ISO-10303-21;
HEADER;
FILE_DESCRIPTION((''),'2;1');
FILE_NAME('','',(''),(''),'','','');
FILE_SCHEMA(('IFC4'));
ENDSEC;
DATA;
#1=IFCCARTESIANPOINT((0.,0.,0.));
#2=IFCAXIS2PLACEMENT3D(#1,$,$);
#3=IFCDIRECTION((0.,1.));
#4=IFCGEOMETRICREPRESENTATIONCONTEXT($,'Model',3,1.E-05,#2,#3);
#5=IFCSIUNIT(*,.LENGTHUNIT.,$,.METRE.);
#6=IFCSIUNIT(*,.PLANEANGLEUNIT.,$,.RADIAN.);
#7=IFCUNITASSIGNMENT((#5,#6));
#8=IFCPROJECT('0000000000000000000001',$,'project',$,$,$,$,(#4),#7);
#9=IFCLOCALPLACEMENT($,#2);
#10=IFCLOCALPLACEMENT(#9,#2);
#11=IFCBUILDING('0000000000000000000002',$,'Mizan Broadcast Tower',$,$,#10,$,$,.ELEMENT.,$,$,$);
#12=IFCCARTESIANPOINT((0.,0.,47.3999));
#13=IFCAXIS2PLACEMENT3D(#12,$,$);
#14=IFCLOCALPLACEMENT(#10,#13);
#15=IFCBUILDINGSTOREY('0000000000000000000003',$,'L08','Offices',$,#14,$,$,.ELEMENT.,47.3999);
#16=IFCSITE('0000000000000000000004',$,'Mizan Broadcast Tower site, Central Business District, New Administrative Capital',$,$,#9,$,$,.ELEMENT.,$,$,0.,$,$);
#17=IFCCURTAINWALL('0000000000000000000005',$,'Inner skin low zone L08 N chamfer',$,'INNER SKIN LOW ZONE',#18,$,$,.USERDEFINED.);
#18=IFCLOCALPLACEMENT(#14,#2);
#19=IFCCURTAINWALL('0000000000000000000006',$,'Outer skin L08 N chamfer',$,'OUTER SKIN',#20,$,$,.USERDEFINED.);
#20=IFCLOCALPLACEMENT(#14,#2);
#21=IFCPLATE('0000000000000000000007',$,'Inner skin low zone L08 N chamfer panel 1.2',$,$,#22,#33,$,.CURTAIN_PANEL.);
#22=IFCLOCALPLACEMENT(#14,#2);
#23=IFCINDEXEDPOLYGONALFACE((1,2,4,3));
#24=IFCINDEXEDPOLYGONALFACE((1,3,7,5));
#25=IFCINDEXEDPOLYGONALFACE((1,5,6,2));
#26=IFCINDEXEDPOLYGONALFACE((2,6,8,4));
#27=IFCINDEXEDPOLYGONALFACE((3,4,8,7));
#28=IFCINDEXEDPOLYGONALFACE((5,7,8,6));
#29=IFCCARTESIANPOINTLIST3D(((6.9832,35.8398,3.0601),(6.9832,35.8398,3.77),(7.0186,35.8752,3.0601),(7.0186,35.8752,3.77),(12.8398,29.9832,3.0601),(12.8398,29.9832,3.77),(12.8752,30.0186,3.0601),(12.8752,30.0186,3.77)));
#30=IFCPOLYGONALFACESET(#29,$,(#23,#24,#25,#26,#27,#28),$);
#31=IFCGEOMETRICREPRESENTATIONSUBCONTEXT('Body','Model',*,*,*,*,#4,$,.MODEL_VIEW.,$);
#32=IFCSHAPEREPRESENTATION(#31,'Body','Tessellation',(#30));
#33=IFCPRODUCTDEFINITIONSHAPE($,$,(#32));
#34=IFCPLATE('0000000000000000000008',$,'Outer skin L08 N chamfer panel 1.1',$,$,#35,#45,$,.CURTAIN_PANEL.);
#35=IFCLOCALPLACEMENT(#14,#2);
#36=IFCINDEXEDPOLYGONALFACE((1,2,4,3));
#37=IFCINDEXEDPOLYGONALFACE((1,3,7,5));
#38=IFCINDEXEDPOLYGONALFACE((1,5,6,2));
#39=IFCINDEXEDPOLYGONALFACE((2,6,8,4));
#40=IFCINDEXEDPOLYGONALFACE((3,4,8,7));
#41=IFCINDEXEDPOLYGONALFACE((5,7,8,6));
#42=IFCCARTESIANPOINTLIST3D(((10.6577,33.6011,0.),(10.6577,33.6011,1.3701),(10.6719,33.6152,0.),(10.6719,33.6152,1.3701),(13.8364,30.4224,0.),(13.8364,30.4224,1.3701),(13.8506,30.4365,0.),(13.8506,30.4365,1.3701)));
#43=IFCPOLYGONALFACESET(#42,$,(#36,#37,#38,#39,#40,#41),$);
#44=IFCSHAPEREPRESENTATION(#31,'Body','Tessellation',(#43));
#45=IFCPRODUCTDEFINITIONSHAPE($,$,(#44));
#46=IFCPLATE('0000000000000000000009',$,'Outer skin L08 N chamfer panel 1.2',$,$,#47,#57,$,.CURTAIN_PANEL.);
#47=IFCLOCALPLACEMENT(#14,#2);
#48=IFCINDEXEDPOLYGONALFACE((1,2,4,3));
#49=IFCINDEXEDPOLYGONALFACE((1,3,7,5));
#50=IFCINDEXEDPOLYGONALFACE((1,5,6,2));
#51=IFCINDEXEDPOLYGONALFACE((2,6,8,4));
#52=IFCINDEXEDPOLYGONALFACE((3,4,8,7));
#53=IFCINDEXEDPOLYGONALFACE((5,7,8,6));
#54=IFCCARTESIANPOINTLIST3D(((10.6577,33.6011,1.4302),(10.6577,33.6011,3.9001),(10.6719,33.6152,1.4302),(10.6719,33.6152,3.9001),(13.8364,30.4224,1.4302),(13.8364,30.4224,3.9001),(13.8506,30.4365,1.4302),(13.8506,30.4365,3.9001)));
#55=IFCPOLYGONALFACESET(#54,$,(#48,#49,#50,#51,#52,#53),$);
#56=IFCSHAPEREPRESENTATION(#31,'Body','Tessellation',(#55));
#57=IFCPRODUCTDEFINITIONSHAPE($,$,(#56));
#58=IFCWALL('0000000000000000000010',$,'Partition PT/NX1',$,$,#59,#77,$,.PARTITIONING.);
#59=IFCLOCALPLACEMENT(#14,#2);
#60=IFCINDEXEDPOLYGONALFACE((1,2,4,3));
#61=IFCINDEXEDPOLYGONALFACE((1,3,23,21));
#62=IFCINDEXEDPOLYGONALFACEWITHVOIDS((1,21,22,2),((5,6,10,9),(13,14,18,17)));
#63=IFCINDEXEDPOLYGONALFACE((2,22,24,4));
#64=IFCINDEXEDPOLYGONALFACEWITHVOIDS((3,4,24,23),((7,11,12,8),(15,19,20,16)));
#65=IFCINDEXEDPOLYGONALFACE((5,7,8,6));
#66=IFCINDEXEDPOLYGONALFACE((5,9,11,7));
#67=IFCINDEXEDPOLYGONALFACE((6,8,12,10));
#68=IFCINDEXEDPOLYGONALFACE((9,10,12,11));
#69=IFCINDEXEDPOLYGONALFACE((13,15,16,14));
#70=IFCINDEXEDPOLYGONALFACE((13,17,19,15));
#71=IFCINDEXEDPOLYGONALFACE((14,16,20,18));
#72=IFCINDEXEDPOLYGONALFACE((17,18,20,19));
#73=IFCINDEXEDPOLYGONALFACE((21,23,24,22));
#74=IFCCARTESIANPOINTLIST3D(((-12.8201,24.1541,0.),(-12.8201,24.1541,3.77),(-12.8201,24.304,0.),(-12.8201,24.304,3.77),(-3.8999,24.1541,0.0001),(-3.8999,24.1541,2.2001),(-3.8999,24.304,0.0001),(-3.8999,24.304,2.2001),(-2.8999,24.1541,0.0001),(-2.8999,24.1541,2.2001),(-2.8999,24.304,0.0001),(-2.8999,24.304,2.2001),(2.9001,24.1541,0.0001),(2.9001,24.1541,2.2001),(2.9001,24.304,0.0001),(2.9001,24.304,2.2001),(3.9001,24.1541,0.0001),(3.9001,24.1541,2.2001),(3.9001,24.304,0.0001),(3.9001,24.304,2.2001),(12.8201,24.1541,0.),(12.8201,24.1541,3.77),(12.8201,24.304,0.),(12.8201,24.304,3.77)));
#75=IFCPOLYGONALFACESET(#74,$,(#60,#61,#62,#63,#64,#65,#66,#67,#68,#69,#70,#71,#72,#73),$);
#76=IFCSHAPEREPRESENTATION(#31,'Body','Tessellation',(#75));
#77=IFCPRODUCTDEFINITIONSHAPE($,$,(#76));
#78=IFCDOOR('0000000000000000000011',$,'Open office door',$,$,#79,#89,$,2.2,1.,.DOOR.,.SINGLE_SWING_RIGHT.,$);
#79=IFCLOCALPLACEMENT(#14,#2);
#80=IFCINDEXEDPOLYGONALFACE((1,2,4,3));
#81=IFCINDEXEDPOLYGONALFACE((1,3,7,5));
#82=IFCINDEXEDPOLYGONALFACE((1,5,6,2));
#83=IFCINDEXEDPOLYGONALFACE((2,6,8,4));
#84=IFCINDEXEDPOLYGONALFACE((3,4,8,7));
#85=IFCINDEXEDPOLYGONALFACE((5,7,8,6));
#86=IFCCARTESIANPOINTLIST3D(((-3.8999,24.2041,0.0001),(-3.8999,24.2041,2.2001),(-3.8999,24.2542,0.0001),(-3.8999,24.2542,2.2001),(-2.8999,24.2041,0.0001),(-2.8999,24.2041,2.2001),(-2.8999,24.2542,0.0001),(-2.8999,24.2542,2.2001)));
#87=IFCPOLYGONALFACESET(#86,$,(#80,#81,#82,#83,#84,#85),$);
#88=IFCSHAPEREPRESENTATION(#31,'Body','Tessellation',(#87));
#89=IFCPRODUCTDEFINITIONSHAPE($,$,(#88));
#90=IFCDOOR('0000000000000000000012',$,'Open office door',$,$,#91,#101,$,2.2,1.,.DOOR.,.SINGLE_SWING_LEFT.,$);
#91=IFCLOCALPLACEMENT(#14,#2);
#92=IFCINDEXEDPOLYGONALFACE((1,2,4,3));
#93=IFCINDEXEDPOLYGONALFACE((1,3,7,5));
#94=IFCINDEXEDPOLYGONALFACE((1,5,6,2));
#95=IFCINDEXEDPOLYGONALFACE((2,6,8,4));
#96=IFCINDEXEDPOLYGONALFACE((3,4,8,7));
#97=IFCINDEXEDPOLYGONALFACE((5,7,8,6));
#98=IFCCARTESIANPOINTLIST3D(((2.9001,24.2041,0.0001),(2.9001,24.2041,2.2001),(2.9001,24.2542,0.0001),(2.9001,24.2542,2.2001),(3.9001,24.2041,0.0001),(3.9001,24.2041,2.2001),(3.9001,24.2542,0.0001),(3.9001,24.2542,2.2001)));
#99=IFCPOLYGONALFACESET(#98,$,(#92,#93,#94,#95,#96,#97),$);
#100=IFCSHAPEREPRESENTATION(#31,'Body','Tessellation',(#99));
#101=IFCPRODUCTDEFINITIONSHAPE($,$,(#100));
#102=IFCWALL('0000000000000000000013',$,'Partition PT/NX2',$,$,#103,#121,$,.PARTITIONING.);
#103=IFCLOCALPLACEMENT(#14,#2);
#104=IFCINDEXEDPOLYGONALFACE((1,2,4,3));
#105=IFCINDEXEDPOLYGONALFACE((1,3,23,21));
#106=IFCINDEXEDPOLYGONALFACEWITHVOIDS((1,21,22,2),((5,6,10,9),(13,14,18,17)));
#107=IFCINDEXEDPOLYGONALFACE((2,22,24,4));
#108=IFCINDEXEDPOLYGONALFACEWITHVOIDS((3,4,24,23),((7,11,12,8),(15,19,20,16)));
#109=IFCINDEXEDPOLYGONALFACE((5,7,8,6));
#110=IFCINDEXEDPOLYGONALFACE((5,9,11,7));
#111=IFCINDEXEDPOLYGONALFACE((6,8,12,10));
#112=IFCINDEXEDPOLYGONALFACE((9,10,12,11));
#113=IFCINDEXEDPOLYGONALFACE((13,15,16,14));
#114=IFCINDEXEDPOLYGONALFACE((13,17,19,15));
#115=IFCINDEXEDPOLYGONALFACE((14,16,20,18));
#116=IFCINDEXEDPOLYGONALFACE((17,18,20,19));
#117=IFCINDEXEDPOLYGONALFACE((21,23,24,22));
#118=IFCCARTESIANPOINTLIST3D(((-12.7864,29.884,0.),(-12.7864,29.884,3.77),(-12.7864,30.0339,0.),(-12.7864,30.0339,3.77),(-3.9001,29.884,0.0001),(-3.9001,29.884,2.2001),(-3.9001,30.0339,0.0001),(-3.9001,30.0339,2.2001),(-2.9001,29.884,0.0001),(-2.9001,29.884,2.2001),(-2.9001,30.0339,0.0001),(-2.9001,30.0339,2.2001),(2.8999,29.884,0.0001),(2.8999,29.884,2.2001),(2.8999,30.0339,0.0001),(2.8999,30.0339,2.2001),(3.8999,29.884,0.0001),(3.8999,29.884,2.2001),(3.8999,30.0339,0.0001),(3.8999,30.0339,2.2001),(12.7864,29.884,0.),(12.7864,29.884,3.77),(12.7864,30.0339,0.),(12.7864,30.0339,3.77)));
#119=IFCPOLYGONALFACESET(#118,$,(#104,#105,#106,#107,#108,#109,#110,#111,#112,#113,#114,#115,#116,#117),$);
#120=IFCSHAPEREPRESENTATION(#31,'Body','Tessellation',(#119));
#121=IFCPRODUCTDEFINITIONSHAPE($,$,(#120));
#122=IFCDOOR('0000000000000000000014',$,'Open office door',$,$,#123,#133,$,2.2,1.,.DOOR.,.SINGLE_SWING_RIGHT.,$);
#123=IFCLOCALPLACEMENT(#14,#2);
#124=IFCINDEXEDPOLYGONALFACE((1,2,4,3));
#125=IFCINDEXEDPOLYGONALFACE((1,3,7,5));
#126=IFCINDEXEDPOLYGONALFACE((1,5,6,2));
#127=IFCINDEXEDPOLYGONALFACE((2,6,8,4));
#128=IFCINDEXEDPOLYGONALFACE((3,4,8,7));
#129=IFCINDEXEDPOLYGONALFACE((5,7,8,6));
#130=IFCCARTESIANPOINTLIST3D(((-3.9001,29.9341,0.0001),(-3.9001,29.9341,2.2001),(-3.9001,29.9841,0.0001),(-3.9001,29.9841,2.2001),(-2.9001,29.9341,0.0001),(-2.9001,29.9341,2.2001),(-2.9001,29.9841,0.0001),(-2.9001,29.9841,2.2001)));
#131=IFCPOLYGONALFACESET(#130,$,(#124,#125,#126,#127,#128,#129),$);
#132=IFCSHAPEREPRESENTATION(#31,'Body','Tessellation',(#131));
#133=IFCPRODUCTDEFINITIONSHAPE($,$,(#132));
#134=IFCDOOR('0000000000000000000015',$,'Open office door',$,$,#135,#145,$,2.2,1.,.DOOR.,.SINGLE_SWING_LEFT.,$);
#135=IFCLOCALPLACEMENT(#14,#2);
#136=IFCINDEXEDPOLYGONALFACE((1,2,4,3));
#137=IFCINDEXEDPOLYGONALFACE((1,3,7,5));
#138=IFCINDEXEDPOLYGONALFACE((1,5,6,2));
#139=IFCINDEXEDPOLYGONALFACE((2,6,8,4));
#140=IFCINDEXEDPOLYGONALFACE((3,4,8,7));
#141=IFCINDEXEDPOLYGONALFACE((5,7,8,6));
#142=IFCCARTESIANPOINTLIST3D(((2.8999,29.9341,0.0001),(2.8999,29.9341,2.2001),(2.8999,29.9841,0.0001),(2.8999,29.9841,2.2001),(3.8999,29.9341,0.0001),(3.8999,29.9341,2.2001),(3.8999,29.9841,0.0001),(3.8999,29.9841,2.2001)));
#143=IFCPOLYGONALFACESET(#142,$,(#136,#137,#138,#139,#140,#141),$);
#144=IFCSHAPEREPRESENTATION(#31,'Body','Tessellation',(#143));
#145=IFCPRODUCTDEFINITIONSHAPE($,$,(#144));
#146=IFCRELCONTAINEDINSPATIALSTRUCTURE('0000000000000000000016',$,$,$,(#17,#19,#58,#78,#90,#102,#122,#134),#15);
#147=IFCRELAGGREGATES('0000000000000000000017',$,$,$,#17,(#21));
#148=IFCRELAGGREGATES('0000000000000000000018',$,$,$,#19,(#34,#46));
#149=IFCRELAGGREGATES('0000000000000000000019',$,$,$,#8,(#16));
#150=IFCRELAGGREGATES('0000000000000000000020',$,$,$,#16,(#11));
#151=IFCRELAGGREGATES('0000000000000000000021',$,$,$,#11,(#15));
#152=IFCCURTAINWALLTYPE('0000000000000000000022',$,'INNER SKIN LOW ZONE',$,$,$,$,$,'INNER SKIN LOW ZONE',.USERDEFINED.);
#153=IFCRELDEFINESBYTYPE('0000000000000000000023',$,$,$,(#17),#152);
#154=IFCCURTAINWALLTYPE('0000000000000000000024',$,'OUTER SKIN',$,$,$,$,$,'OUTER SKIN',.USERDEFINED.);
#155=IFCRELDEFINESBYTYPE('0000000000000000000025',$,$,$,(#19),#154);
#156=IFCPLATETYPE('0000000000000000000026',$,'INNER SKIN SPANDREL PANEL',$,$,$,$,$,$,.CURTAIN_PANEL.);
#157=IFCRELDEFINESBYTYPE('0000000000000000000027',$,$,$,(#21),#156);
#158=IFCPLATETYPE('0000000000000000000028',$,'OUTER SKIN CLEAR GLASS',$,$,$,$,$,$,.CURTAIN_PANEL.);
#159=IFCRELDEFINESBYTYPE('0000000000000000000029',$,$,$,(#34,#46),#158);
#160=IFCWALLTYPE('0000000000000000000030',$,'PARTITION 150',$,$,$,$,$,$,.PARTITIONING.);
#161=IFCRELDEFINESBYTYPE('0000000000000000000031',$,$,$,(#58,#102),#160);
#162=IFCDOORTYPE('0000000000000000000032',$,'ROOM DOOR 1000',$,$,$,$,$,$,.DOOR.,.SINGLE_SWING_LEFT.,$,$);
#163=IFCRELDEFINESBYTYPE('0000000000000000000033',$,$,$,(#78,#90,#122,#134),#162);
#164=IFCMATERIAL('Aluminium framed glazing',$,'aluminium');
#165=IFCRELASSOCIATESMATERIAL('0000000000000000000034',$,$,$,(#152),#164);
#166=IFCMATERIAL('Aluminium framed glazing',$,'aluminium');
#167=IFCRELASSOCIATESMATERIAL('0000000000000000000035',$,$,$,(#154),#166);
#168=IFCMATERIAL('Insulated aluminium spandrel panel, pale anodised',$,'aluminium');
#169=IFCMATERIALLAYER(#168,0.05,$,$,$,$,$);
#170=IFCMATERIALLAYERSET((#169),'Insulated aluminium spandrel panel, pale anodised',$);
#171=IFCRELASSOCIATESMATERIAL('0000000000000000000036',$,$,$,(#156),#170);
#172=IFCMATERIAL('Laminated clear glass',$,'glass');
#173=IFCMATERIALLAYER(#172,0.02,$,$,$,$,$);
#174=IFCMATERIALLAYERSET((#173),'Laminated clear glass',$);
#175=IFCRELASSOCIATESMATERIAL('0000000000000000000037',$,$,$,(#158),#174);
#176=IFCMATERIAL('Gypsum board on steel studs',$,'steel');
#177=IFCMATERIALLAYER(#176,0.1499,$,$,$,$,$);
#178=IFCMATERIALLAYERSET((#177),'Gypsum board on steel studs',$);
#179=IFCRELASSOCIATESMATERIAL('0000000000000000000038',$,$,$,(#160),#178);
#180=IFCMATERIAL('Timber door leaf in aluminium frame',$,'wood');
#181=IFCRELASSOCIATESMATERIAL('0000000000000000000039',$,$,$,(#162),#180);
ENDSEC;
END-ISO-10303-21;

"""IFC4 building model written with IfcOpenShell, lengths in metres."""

from ifc_helpers import new_model, si_unit, direction, frame, frame_2d, origin, origin_2d, place, context, subcontext, project, spatial, rectangle, extrude, material, layer, layer_set, type_object, element, fill, aggregate, save


model = new_model("IFC4")

# Units and contexts
model_context = context("Model", 3, precision=1e-05, world=origin(), true_north=direction((0.0, 1.0)))
body_context = subcontext(model_context, "Body", "Model", "MODEL_VIEW")
ifc_project = project(units=[si_unit("LENGTHUNIT", "METRE"), si_unit("PLANEANGLEUNIT", "RADIAN")], contexts=[model_context])

# Site, building, storey
site_placement = place(None, origin())
site = spatial("IfcSite", under=ifc_project, at=site_placement, Name="Mizan Broadcast Tower site, Central Business District, New Administrative Capital", CompositionType="ELEMENT", RefElevation=0.0)
building_placement = place(site_placement, origin())
building = spatial("IfcBuilding", under=site, at=building_placement, Name="Mizan Broadcast Tower", CompositionType="ELEMENT")
storey_placement = place(building_placement, frame((0.0, 0.0, 47.3999)))
storey = spatial("IfcBuildingStorey", under=building, at=storey_placement, Name="L08", Description="Offices", CompositionType="ELEMENT", Elevation=47.3999)

# Shared definitions
ifc_material_1 = material(Name="Aluminium framed glazing", Category="aluminium")
curtain_wall_type_1 = type_object("IfcCurtainWallType", Name="INNER SKIN LOW ZONE", ElementType="INNER SKIN LOW ZONE", PredefinedType="USERDEFINED", material=ifc_material_1)

# Curtain wall
curtain_wall_1_placement = place(storey_placement, origin())
curtain_wall_1 = element("IfcCurtainWall", 1, at=curtain_wall_1_placement, inside=storey, type_object=curtain_wall_type_1, Name="Inner skin low zone L08 N chamfer", ObjectType="INNER SKIN LOW ZONE", PredefinedType="USERDEFINED")

# Curtain wall
ifc_material_2 = material(Name="Aluminium framed glazing", Category="aluminium")
curtain_wall_type_2 = type_object("IfcCurtainWallType", Name="OUTER SKIN", ElementType="OUTER SKIN", PredefinedType="USERDEFINED", material=ifc_material_2)
curtain_wall_2_placement = place(storey_placement, origin())
curtain_wall_2 = element("IfcCurtainWall", 2, at=curtain_wall_2_placement, inside=storey, type_object=curtain_wall_type_2, Name="Outer skin L08 N chamfer", ObjectType="OUTER SKIN", PredefinedType="USERDEFINED")

# Plates
ifc_material_3 = material(Name="Insulated aluminium spandrel panel, pale anodised", Category="aluminium")
ifc_layer_1 = layer(ifc_material_3, 0.05)
ifc_layer_set_1 = layer_set([ifc_layer_1], Name="Insulated aluminium spandrel panel, pale anodised")
plate_type_1 = type_object("IfcPlateType", Name="INNER SKIN SPANDREL PANEL", PredefinedType="CURTAIN_PANEL", material=ifc_layer_set_1)
plate_1_placement = place(storey_placement, frame((9.9292, 32.9292, 3.0601), z_axis=(0.0, 0.0, 1.0), x_axis=(-0.707107, 0.707107, 0.0)))
plate_1 = element("IfcPlate", 3, at=plate_1_placement, type_object=plate_type_1, Name="Inner skin low zone L08 N chamfer panel 1.2", PredefinedType="CURTAIN_PANEL", context=body_context, shape_type="SweptSolid", body=[
    extrude(rectangle(XDim=8.2825, YDim=0.05, at=origin_2d()), origin(), (0.0, 0.0, 1.0), 0.71),
])
aggregate(curtain_wall_1, [plate_1])
ifc_material_4 = material(Name="Laminated clear glass", Category="glass")
ifc_layer_2 = layer(ifc_material_4, 0.02)
ifc_layer_set_2 = layer_set([ifc_layer_2], Name="Laminated clear glass")
plate_type_2 = type_object("IfcPlateType", Name="OUTER SKIN CLEAR GLASS", PredefinedType="CURTAIN_PANEL", material=ifc_layer_set_2)
plate_2_placement = place(storey_placement, frame((12.2542, 32.0188, 0.0), z_axis=(0.0, 0.0, 1.0), x_axis=(-0.707107, 0.707107, 0.0)))
plate_2 = element("IfcPlate", 4, at=plate_2_placement, type_object=plate_type_2, Name="Outer skin L08 N chamfer panel 1.1", PredefinedType="CURTAIN_PANEL", context=body_context, shape_type="SweptSolid", body=[
    extrude(rectangle(XDim=4.4954, YDim=0.02, at=origin_2d()), origin(), (0.0, 0.0, 1.0), 1.3701),
])
plate_3_placement = place(storey_placement, frame((12.2542, 32.0188, 1.4302), z_axis=(0.0, 0.0, 1.0), x_axis=(-0.707107, 0.707107, 0.0)))
plate_3 = element("IfcPlate", 5, at=plate_3_placement, type_object=plate_type_2, Name="Outer skin L08 N chamfer panel 1.2", PredefinedType="CURTAIN_PANEL", context=body_context, shape_type="SweptSolid", body=[
    extrude(rectangle(XDim=4.4954, YDim=0.02, at=origin_2d()), origin(), (0.0, 0.0, 1.0), 2.47),
])
aggregate(curtain_wall_2, [plate_2, plate_3])

# Walls, openings, doors
ifc_material_5 = material(Name="Gypsum board on steel studs", Category="steel")
ifc_layer_3 = layer(ifc_material_5, 0.1499)
ifc_layer_set_3 = layer_set([ifc_layer_3], Name="Gypsum board on steel studs")
wall_type = type_object("IfcWallType", Name="PARTITION 150", PredefinedType="PARTITIONING", material=ifc_layer_set_3)
wall_1_placement = place(storey_placement, frame((12.8201, 24.229, 0.0), z_axis=(0.0, 0.0, 1.0), x_axis=(-1.0, 0.0, 0.0)))
wall_1 = element("IfcWall", 6, at=wall_1_placement, inside=storey, type_object=wall_type, Name="Partition PT/NX1", PredefinedType="PARTITIONING", context=body_context, shape_type="SweptSolid", body=[
    extrude(rectangle(XDim=25.6401, YDim=0.1499, at=frame_2d((12.8201, 0.0))), origin(), (0.0, 0.0, 1.0), 3.77),
])
opening_1_placement = place(wall_1_placement, frame((15.72, 0.0, 0.0)))
opening_1 = element("IfcOpeningElement", 7, at=opening_1_placement, cuts=wall_1, PredefinedType="OPENING", context=body_context, shape_type="SweptSolid", body=[
    extrude(rectangle(XDim=1.0, YDim=2.2, at=frame_2d((0.5, 1.1001))), frame((0.0, 0.085, 0.0), z_axis=(0.0, -1.0, 0.0), x_axis=(1.0, 0.0, 0.0)), (0.0, 0.0, 1.0), 0.1699),
])
opening_2_placement = place(wall_1_placement, frame((8.9199, 0.0, 0.0)))
opening_2 = element("IfcOpeningElement", 8, at=opening_2_placement, cuts=wall_1, PredefinedType="OPENING", context=body_context, shape_type="SweptSolid", body=[
    extrude(rectangle(XDim=1.0, YDim=2.2, at=frame_2d((0.5, 1.1001))), frame((0.0, 0.085, 0.0), z_axis=(0.0, -1.0, 0.0), x_axis=(1.0, 0.0, 0.0)), (0.0, 0.0, 1.0), 0.1699),
])
ifc_material_6 = material(Name="Timber door leaf in aluminium frame", Category="wood")
door_type = type_object("IfcDoorType", Name="ROOM DOOR 1000", OperationType="SINGLE_SWING_LEFT", PredefinedType="DOOR", material=ifc_material_6)
door_1_placement = place(opening_1_placement, origin())
door_1 = element("IfcDoor", 9, at=door_1_placement, inside=storey, type_object=door_type, Name="Open office door", OperationType="SINGLE_SWING_RIGHT", OverallHeight=2.2, OverallWidth=1.0, PredefinedType="DOOR", context=body_context, shape_type="SweptSolid", body=[
    extrude(rectangle(XDim=1.0, YDim=2.2, at=frame_2d((0.5, 1.1001))), frame((0.0, 0.0249, 0.0), z_axis=(0.0, -1.0, 0.0), x_axis=(1.0, 0.0, 0.0)), (0.0, 0.0, 1.0), 0.05),
])
fill(opening_1, door_1)
door_2_placement = place(opening_2_placement, origin())
door_2 = element("IfcDoor", 10, at=door_2_placement, inside=storey, type_object=door_type, Name="Open office door", OperationType="SINGLE_SWING_LEFT", OverallHeight=2.2, OverallWidth=1.0, PredefinedType="DOOR", context=body_context, shape_type="SweptSolid", body=[
    extrude(rectangle(XDim=1.0, YDim=2.2, at=frame_2d((0.5, 1.1001))), frame((0.0, 0.0249, 0.0), z_axis=(0.0, -1.0, 0.0), x_axis=(1.0, 0.0, 0.0)), (0.0, 0.0, 1.0), 0.05),
])
fill(opening_2, door_2)
wall_2_placement = place(storey_placement, frame((12.7864, 29.959, 0.0), z_axis=(0.0, 0.0, 1.0), x_axis=(-1.0, 0.0, 0.0)))
wall_2 = element("IfcWall", 11, at=wall_2_placement, inside=storey, type_object=wall_type, Name="Partition PT/NX2", PredefinedType="PARTITIONING", context=body_context, shape_type="SweptSolid", body=[
    extrude(rectangle(XDim=25.5728, YDim=0.1499, at=frame_2d((12.7864, 0.0))), origin(), (0.0, 0.0, 1.0), 3.77),
])
opening_3_placement = place(wall_2_placement, frame((15.6865, 0.0, 0.0)))
opening_3 = element("IfcOpeningElement", 12, at=opening_3_placement, cuts=wall_2, PredefinedType="OPENING", context=body_context, shape_type="SweptSolid", body=[
    extrude(rectangle(XDim=1.0, YDim=2.2, at=frame_2d((0.5, 1.1001))), frame((0.0, 0.085, 0.0), z_axis=(0.0, -1.0, 0.0), x_axis=(1.0, 0.0, 0.0)), (0.0, 0.0, 1.0), 0.1699),
])
opening_4_placement = place(wall_2_placement, frame((8.8865, 0.0, 0.0)))
opening_4 = element("IfcOpeningElement", 13, at=opening_4_placement, cuts=wall_2, PredefinedType="OPENING", context=body_context, shape_type="SweptSolid", body=[
    extrude(rectangle(XDim=1.0, YDim=2.2, at=frame_2d((0.5, 1.1001))), frame((0.0, 0.085, 0.0), z_axis=(0.0, -1.0, 0.0), x_axis=(1.0, 0.0, 0.0)), (0.0, 0.0, 1.0), 0.1699),
])
door_3_placement = place(opening_3_placement, origin())
door_3 = element("IfcDoor", 14, at=door_3_placement, inside=storey, type_object=door_type, Name="Open office door", OperationType="SINGLE_SWING_RIGHT", OverallHeight=2.2, OverallWidth=1.0, PredefinedType="DOOR", context=body_context, shape_type="SweptSolid", body=[
    extrude(rectangle(XDim=1.0, YDim=2.2, at=frame_2d((0.5, 1.1001))), frame((0.0, 0.0249, 0.0), z_axis=(0.0, -1.0, 0.0), x_axis=(1.0, 0.0, 0.0)), (0.0, 0.0, 1.0), 0.05),
])
fill(opening_3, door_3)
door_4_placement = place(opening_4_placement, origin())
door_4 = element("IfcDoor", 15, at=door_4_placement, inside=storey, type_object=door_type, Name="Open office door", OperationType="SINGLE_SWING_LEFT", OverallHeight=2.2, OverallWidth=1.0, PredefinedType="DOOR", context=body_context, shape_type="SweptSolid", body=[
    extrude(rectangle(XDim=1.0, YDim=2.2, at=frame_2d((0.5, 1.1001))), frame((0.0, 0.0249, 0.0), z_axis=(0.0, -1.0, 0.0), x_axis=(1.0, 0.0, 0.0)), (0.0, 0.0, 1.0), 0.05),
])
fill(opening_4, door_4)

save(model, "model.ifc")
